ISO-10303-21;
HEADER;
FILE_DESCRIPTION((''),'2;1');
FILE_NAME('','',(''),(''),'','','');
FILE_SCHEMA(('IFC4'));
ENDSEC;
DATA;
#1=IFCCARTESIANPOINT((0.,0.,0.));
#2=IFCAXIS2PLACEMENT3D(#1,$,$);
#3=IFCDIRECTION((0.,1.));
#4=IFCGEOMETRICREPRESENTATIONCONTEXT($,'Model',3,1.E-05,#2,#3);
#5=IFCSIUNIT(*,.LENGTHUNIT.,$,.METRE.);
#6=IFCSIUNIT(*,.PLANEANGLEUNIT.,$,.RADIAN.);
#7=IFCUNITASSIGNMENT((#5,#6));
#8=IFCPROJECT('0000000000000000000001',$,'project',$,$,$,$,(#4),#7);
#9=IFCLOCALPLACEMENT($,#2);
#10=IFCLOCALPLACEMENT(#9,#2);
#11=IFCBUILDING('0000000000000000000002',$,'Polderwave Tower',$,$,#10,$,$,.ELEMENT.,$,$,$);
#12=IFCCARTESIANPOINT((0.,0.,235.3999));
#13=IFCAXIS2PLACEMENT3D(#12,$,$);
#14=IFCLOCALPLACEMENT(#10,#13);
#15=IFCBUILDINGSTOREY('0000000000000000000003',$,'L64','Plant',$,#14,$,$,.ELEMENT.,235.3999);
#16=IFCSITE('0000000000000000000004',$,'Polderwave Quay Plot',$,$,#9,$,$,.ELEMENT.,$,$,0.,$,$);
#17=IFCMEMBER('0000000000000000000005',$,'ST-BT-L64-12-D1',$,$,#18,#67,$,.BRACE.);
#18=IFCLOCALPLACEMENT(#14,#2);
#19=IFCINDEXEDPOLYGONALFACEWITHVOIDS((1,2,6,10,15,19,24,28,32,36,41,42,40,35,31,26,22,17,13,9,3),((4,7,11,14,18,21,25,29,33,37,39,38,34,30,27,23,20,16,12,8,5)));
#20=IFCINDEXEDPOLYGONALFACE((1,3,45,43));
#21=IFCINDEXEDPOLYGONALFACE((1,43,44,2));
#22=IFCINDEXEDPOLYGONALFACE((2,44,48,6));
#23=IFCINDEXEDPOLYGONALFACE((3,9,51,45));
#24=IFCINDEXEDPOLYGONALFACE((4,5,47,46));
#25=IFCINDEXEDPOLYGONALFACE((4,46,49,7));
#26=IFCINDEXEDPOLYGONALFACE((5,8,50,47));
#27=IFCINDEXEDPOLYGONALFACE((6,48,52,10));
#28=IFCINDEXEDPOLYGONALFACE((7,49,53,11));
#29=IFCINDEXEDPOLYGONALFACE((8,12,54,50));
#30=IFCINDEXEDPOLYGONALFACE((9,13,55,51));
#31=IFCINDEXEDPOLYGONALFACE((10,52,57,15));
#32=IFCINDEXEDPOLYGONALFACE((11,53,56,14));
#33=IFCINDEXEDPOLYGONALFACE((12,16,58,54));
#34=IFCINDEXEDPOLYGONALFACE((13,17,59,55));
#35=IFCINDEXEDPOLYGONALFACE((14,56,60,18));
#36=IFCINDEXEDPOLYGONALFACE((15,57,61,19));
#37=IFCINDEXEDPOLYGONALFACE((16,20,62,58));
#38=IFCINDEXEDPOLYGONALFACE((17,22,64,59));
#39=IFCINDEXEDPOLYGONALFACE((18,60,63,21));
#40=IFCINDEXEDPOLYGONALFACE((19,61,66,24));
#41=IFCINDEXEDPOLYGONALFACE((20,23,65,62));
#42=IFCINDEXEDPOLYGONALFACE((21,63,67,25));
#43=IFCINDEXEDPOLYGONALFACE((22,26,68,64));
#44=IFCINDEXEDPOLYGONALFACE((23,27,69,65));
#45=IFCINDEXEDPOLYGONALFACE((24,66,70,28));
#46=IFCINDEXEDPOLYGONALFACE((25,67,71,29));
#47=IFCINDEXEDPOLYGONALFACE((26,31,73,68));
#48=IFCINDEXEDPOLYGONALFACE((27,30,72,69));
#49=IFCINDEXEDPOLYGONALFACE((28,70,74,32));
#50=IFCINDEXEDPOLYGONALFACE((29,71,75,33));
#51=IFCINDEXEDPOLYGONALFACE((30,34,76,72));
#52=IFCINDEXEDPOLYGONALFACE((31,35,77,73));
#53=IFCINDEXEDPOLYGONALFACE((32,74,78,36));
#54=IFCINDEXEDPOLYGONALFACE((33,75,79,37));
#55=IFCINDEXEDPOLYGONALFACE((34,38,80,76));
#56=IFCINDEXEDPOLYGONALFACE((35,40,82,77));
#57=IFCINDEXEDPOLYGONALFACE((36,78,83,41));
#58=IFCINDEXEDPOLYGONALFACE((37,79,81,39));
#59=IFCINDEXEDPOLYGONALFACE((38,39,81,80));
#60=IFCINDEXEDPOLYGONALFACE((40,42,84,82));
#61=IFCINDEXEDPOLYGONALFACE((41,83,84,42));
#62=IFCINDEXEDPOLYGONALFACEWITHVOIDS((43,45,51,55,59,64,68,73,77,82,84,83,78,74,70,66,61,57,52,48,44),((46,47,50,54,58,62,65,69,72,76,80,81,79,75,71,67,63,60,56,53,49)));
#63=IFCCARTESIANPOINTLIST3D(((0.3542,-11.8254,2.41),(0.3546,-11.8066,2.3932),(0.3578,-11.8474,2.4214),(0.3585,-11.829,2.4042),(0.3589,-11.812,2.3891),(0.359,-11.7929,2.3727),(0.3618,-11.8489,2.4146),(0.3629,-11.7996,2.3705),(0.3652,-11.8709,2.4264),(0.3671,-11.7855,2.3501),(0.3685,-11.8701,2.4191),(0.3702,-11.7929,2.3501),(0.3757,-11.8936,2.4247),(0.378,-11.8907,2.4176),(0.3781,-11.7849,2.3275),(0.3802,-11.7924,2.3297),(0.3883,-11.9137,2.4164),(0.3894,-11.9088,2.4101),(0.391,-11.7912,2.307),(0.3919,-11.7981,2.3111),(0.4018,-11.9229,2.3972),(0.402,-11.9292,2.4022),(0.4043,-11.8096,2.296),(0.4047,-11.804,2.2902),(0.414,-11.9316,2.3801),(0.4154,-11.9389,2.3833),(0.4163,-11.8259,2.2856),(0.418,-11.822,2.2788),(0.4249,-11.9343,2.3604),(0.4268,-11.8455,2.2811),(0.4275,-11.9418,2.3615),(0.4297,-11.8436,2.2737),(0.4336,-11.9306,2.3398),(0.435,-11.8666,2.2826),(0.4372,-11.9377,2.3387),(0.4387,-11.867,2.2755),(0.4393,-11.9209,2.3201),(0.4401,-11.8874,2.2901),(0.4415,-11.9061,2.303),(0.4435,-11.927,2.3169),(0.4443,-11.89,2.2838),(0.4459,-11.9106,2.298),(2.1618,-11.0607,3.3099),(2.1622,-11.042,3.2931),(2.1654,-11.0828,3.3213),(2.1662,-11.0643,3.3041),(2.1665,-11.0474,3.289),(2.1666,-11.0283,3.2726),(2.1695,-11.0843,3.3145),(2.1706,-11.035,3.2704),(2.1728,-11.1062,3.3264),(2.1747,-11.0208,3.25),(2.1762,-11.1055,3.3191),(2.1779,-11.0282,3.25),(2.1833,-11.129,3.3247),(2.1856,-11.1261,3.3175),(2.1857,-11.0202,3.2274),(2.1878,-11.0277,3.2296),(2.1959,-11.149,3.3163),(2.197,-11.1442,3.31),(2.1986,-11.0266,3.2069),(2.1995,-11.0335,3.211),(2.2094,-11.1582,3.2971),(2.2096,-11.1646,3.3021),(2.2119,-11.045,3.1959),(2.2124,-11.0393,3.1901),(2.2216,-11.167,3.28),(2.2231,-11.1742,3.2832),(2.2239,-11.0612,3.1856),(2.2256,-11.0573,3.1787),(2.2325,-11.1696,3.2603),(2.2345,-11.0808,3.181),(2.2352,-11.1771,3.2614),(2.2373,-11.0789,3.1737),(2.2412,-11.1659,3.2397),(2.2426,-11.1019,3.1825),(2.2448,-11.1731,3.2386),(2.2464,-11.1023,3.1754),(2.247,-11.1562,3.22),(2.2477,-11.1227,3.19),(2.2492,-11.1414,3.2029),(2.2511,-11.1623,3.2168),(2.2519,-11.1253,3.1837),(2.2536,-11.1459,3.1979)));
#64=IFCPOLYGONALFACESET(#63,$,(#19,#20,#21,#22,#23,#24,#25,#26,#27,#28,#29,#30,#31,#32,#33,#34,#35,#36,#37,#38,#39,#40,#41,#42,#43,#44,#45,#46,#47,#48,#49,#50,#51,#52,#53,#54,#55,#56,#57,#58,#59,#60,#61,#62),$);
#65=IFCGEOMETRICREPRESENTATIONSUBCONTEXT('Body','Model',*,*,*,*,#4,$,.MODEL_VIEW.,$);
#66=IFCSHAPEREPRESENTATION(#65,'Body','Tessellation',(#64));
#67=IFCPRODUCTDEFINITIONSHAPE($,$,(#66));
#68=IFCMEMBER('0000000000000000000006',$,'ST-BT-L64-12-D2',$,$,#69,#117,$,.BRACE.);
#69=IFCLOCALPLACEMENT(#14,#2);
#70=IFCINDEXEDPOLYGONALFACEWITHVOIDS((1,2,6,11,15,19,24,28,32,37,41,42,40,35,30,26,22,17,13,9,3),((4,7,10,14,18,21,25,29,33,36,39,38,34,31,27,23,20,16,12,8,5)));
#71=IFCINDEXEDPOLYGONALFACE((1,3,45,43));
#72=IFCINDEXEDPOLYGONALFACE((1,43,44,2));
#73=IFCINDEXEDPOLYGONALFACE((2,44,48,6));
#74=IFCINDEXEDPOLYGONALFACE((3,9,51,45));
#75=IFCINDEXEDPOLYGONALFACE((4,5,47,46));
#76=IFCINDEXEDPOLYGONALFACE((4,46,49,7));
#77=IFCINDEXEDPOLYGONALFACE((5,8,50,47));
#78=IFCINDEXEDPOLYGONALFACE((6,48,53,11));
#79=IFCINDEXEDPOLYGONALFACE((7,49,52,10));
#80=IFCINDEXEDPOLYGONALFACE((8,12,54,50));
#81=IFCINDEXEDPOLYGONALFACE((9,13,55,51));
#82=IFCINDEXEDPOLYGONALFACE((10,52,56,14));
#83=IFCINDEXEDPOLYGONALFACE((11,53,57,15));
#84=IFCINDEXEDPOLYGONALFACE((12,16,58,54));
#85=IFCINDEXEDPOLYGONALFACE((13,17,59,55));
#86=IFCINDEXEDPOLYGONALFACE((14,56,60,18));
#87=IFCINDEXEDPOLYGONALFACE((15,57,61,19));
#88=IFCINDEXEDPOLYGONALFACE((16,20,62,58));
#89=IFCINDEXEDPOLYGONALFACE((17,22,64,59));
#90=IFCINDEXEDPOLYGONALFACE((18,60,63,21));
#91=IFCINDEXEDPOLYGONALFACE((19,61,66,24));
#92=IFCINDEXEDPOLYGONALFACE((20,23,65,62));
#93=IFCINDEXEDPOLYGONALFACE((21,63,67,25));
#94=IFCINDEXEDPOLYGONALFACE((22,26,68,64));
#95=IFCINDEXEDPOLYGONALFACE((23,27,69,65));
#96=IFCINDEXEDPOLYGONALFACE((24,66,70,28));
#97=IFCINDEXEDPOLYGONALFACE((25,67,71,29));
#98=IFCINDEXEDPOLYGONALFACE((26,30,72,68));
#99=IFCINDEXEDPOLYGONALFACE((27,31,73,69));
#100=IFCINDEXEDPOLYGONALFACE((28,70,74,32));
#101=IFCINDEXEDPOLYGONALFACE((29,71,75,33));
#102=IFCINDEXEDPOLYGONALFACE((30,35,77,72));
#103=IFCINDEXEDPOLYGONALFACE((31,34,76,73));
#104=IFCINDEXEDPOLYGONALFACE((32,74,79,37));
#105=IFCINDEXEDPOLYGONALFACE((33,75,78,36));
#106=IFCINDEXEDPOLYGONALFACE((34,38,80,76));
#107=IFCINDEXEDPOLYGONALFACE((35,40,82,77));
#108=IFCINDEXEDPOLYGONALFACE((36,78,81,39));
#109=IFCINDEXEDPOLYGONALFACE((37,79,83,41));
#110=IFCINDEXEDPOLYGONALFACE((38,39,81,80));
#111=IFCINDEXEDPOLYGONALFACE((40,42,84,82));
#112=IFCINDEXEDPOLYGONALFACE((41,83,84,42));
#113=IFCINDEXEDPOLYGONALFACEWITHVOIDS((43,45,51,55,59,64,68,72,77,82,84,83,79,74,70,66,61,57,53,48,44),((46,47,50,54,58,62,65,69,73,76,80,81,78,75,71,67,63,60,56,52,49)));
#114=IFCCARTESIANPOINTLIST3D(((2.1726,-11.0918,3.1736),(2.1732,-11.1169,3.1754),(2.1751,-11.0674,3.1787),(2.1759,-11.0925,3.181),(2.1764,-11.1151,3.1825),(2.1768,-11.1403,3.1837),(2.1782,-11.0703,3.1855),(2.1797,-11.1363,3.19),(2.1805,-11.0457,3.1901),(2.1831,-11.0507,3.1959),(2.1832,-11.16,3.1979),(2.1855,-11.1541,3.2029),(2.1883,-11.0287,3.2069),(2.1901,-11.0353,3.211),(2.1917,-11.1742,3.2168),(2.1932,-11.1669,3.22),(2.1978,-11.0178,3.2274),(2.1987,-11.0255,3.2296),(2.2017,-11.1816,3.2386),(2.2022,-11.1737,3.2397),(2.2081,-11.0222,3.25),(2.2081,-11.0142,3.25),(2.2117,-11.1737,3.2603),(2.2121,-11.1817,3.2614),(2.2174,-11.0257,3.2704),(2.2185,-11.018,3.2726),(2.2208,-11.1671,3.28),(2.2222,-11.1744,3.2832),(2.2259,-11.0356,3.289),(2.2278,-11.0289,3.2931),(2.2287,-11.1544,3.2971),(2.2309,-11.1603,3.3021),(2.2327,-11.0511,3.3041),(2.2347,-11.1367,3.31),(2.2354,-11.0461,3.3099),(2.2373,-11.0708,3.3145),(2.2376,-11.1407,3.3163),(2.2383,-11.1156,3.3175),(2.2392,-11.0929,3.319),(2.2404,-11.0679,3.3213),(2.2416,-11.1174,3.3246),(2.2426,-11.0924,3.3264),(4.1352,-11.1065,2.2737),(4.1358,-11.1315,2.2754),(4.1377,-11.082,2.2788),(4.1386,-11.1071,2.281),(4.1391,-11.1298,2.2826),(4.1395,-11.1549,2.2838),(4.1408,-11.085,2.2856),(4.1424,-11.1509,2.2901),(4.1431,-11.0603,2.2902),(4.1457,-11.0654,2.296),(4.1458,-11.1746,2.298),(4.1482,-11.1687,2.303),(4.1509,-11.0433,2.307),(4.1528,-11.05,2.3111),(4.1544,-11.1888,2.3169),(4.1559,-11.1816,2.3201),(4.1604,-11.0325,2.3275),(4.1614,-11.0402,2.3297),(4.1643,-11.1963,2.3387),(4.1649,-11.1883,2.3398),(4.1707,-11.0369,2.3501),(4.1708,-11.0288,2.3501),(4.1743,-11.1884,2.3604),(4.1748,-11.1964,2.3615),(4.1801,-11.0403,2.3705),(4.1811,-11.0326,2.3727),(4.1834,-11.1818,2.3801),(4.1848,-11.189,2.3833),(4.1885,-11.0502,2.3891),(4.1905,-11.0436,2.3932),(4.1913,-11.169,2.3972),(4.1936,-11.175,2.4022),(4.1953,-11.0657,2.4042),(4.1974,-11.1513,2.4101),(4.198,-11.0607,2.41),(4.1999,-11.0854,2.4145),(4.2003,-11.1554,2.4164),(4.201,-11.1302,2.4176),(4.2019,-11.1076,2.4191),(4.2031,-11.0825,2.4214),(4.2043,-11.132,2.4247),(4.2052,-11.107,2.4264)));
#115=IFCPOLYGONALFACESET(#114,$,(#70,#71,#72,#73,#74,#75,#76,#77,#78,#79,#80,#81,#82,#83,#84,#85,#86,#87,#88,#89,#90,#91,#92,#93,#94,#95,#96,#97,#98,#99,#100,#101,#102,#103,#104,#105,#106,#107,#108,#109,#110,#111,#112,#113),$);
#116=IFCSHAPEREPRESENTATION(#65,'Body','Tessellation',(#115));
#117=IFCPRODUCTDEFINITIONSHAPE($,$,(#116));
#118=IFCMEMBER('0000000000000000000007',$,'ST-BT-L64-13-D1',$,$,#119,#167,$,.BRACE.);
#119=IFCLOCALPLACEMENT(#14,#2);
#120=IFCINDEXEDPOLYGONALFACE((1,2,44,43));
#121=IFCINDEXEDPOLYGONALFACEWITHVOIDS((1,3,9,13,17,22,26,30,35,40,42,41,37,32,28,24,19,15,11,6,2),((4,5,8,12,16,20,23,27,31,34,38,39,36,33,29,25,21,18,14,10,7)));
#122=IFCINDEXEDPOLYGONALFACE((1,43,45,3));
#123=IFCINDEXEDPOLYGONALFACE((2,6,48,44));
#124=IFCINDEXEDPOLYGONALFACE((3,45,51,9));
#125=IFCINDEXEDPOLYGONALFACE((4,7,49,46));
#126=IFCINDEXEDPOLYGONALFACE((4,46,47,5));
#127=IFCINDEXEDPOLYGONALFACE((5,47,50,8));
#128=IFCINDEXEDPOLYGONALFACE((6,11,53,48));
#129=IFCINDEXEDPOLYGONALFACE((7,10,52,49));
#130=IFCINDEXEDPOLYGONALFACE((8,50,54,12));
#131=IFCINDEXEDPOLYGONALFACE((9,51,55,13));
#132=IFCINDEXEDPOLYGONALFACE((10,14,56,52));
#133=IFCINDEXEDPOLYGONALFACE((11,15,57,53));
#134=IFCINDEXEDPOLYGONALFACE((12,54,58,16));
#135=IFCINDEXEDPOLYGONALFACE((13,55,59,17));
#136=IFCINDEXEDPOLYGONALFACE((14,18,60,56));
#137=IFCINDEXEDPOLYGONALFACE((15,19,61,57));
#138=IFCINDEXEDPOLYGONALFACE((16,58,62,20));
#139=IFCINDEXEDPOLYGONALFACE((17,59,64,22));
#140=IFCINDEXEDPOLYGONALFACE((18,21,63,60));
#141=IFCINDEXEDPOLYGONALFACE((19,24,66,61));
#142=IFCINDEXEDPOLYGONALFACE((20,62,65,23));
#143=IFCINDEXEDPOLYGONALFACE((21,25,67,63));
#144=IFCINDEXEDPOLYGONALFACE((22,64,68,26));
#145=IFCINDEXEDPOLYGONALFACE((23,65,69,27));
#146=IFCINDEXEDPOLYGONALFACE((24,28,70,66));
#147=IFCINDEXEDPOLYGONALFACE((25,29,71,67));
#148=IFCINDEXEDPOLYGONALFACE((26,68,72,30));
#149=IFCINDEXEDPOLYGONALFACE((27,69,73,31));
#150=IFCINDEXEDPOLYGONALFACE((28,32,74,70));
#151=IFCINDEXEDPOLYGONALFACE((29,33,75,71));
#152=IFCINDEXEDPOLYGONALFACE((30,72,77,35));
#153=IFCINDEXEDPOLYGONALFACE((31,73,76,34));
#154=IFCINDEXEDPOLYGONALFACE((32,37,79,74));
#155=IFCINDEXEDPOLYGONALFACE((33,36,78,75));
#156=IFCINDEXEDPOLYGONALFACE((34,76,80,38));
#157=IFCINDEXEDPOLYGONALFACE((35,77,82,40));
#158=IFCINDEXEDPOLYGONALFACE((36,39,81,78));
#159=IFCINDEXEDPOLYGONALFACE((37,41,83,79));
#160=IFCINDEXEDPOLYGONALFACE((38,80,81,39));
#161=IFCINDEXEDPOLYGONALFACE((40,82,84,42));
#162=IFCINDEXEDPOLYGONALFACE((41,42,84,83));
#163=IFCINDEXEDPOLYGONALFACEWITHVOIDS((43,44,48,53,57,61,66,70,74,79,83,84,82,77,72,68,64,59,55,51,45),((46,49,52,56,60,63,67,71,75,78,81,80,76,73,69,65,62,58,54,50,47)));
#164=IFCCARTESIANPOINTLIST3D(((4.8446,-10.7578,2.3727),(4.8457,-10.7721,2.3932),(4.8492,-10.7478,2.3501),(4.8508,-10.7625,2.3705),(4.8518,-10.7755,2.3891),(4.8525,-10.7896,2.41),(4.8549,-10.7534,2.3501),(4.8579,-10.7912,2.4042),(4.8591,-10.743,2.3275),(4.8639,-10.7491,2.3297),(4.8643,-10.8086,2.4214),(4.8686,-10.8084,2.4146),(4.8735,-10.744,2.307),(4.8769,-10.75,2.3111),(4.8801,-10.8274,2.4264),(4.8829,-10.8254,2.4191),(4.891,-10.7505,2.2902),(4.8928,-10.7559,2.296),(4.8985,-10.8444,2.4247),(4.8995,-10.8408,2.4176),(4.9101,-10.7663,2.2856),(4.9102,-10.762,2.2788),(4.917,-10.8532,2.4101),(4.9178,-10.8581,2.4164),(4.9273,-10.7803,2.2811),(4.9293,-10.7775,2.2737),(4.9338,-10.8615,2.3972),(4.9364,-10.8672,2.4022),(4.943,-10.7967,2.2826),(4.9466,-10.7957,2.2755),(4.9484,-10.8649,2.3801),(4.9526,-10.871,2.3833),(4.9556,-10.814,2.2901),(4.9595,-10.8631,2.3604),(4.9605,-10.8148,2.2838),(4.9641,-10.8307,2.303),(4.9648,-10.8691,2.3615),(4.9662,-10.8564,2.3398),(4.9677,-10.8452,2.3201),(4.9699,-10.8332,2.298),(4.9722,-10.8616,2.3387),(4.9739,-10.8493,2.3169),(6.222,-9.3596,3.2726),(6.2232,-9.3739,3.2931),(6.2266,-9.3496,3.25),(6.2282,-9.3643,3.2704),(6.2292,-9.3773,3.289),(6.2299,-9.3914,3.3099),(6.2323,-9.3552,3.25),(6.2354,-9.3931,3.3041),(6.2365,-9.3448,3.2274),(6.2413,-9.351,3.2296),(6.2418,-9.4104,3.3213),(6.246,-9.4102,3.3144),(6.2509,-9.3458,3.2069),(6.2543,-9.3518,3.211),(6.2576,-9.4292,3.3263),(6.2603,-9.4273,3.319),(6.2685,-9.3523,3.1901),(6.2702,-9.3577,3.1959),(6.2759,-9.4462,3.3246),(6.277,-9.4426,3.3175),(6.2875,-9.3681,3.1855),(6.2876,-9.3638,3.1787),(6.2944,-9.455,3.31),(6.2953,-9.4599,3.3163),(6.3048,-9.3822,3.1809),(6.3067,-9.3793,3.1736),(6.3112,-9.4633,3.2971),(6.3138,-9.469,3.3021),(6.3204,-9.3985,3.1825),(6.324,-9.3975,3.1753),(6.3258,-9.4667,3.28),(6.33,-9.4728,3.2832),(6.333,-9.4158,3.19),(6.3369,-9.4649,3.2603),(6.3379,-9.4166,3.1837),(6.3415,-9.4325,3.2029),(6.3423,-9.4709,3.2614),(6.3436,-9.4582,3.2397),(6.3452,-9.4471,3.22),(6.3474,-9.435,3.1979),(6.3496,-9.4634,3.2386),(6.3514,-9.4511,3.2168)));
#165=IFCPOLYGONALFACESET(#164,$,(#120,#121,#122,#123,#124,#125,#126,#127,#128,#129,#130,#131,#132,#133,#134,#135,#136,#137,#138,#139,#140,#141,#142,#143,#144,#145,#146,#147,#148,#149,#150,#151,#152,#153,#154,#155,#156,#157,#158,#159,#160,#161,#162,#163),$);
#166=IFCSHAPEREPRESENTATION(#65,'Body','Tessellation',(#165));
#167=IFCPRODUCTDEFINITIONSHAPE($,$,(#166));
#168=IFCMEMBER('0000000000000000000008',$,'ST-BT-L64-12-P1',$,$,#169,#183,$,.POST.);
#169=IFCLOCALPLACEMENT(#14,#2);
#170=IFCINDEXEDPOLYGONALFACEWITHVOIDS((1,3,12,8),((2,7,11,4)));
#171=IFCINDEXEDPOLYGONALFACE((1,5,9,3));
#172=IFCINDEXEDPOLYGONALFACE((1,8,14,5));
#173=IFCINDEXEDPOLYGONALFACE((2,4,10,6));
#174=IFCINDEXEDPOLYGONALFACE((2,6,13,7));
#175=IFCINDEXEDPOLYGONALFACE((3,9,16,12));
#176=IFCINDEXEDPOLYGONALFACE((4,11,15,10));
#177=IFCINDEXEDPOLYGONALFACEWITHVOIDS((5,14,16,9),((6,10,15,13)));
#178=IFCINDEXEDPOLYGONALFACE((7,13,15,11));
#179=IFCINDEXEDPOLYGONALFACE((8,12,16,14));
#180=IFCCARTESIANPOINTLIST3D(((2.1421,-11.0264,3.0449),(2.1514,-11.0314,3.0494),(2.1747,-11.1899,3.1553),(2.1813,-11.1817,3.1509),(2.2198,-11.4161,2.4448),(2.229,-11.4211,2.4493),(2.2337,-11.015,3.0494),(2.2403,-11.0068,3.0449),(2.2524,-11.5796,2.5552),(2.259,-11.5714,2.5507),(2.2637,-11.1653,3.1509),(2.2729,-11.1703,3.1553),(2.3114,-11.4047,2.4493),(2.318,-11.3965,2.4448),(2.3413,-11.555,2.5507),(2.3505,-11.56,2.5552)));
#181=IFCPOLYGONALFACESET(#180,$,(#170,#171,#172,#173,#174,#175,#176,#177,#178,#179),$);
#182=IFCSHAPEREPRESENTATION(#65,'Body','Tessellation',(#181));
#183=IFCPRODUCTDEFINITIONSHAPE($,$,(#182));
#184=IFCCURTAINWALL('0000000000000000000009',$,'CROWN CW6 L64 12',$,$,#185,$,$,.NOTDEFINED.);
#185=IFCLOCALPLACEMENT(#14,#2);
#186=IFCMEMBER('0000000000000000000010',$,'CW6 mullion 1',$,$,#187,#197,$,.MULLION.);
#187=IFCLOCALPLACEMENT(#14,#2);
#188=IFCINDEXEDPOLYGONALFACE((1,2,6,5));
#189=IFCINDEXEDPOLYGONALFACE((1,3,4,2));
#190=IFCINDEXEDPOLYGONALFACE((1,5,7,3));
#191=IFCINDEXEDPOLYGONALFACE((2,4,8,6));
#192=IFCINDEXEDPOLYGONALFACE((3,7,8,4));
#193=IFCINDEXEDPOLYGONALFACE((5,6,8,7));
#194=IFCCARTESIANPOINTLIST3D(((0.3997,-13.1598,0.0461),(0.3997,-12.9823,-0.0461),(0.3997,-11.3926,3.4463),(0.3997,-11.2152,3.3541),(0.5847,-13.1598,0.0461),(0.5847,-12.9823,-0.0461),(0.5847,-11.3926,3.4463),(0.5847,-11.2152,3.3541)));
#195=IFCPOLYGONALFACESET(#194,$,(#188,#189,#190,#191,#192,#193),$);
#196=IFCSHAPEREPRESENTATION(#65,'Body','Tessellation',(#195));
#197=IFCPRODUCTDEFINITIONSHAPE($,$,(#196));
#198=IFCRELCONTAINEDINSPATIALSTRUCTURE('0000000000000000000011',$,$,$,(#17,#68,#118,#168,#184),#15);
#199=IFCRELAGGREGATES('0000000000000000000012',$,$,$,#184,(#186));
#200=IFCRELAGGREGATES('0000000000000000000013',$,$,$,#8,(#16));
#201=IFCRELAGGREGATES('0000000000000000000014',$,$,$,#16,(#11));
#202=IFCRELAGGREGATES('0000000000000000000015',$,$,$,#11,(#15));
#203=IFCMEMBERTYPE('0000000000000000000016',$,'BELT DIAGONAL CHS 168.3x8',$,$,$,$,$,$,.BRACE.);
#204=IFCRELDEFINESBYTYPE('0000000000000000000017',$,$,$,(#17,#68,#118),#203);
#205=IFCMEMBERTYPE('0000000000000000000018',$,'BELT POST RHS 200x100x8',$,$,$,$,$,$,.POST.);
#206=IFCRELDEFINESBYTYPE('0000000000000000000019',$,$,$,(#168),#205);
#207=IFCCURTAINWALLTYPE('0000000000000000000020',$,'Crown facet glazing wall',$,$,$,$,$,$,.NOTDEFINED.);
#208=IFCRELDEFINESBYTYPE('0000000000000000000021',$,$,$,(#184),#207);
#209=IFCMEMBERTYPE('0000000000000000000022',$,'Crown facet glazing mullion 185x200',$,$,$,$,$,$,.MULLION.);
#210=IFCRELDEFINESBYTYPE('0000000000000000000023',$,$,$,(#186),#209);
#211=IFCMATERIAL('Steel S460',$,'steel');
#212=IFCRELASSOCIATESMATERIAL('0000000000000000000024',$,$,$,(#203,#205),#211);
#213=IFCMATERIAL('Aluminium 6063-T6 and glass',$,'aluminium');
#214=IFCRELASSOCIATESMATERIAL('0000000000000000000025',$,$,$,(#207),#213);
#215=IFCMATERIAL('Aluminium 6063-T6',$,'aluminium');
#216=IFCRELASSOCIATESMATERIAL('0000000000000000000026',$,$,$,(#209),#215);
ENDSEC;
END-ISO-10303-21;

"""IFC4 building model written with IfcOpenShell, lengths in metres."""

from ifc_helpers import new_model, si_unit, direction, frame, origin, origin_2d, place, context, subcontext, project, spatial, rectangle, hollow_rectangle, hollow_circle, extrude, material, material_profile, profile_set, type_object, element, aggregate, save


model = new_model("IFC4")

# Units and contexts
model_context = context("Model", 3, precision=1e-05, world=origin(), true_north=direction((0.0, 1.0)))
body_context = subcontext(model_context, "Body", "Model", "MODEL_VIEW")
ifc_project = project(units=[si_unit("LENGTHUNIT", "METRE"), si_unit("PLANEANGLEUNIT", "RADIAN")], contexts=[model_context])

# Site, building, storey
site_placement = place(None, origin())
site = spatial("IfcSite", under=ifc_project, at=site_placement, Name="Polderwave Quay Plot", CompositionType="ELEMENT", RefElevation=0.0)
building_placement = place(site_placement, origin())
building = spatial("IfcBuilding", under=site, at=building_placement, Name="Polderwave Tower", CompositionType="ELEMENT")
storey_placement = place(building_placement, frame((0.0, 0.0, 235.3999)))
storey = spatial("IfcBuildingStorey", under=building, at=storey_placement, Name="L64", Description="Plant", CompositionType="ELEMENT", Elevation=235.3999)

# Members
ifc_material_1 = material(Name="Steel S460", Category="steel")
ifc_material_profile_1 = material_profile(ifc_material_1, hollow_circle(Radius=0.0842, WallThickness=0.0081, at=origin_2d()), Name="CHS 168.3x8")
ifc_profile_set_1 = profile_set([ifc_material_profile_1], Name="Steel S460")
member_type_1 = type_object("IfcMemberType", Name="BELT DIAGONAL CHS 168.3x8", PredefinedType="BRACE", material=ifc_profile_set_1)
for number, where, z_axis, x_axis, name in (
    (1, (0.3999, -11.863, 2.3501), (0.837184, 0.354141, 0.416783), (-0.389591, 0.920988, 0.0), "ST-BT-L64-12-D1"),
    (2, (2.2075, -11.0984, 3.25), (0.908981, -0.006784, -0.416781), (0.007463, 0.999972, 0.0), "ST-BT-L64-12-D2"),
    (3, (4.9092, -10.8069, 2.3501), (0.637943, 0.647554, 0.416777), (-0.712374, 0.701801, 0.0), "ST-BT-L64-13-D1"),
):
    element("IfcMember", number, at=place(storey_placement, frame(where, z_axis=z_axis, x_axis=x_axis)), inside=storey, type_object=member_type_1, Name=name, PredefinedType="BRACE", context=body_context, shape_type="SweptSolid", body=[
        extrude(hollow_circle(Radius=0.0842, WallThickness=0.0081, at=origin_2d()), origin(), (0.0, 0.0, 1.0), 2.1592),
    ])
ifc_material_profile_2 = material_profile(ifc_material_1, hollow_rectangle(XDim=0.1001, YDim=0.2, WallThickness=0.0081, at=origin_2d()), Name="RHS 200x100x8")
ifc_profile_set_2 = profile_set([ifc_material_profile_2], Name="Steel S460")
member_type_2 = type_object("IfcMemberType", Name="BELT POST RHS 200x100x8", PredefinedType="POST", material=ifc_profile_set_2)
member_1_placement = place(storey_placement, frame((2.2852, -11.488, 2.5), z_axis=(-0.107873, 0.541403, 0.833814), x_axis=(-0.980722, -0.195407, 0.0)))
element("IfcMember", 4, at=member_1_placement, inside=storey, type_object=member_type_2, Name="ST-BT-L64-12-P1", PredefinedType="POST", context=body_context, shape_type="SweptSolid", body=[
    extrude(hollow_rectangle(XDim=0.1001, YDim=0.2, WallThickness=0.0081, at=origin_2d()), origin(), (0.0, 0.0, 1.0), 0.7197),
])

# Curtain wall, member
ifc_material_2 = material(Name="Aluminium 6063-T6 and glass", Category="aluminium")
curtain_wall_type = type_object("IfcCurtainWallType", Name="Crown facet glazing wall", PredefinedType="NOTDEFINED", material=ifc_material_2)
curtain_wall_1_placement = place(storey_placement, origin())
curtain_wall_1 = element("IfcCurtainWall", 5, at=curtain_wall_1_placement, inside=storey, type_object=curtain_wall_type, Name="CROWN CW6 L64 12", PredefinedType="NOTDEFINED")
ifc_material_3 = material(Name="Aluminium 6063-T6", Category="aluminium")
ifc_material_profile_3 = material_profile(ifc_material_3, rectangle(XDim=0.1851, YDim=0.2, at=origin_2d()), Name="AL 185x200")
ifc_profile_set_3 = profile_set([ifc_material_profile_3], Name="Aluminium 6063-T6")
member_type_3 = type_object("IfcMemberType", Name="Crown facet glazing mullion 185x200", PredefinedType="MULLION", material=ifc_profile_set_3)
member_2_placement = place(storey_placement, frame((0.4922, -13.071, 0.0), z_axis=(0.0, 0.46115, 0.887322), x_axis=(-1.0, 0.0, 0.0)))
member_2 = element("IfcMember", 6, at=member_2_placement, type_object=member_type_3, Name="CW6 mullion 1", PredefinedType="MULLION", context=body_context, shape_type="SweptSolid", body=[
    extrude(rectangle(XDim=0.1851, YDim=0.2, at=origin_2d()), origin(), (0.0, 0.0, 1.0), 3.832),
])

aggregate(curtain_wall_1, [member_2])

save(model, "model.ifc")
